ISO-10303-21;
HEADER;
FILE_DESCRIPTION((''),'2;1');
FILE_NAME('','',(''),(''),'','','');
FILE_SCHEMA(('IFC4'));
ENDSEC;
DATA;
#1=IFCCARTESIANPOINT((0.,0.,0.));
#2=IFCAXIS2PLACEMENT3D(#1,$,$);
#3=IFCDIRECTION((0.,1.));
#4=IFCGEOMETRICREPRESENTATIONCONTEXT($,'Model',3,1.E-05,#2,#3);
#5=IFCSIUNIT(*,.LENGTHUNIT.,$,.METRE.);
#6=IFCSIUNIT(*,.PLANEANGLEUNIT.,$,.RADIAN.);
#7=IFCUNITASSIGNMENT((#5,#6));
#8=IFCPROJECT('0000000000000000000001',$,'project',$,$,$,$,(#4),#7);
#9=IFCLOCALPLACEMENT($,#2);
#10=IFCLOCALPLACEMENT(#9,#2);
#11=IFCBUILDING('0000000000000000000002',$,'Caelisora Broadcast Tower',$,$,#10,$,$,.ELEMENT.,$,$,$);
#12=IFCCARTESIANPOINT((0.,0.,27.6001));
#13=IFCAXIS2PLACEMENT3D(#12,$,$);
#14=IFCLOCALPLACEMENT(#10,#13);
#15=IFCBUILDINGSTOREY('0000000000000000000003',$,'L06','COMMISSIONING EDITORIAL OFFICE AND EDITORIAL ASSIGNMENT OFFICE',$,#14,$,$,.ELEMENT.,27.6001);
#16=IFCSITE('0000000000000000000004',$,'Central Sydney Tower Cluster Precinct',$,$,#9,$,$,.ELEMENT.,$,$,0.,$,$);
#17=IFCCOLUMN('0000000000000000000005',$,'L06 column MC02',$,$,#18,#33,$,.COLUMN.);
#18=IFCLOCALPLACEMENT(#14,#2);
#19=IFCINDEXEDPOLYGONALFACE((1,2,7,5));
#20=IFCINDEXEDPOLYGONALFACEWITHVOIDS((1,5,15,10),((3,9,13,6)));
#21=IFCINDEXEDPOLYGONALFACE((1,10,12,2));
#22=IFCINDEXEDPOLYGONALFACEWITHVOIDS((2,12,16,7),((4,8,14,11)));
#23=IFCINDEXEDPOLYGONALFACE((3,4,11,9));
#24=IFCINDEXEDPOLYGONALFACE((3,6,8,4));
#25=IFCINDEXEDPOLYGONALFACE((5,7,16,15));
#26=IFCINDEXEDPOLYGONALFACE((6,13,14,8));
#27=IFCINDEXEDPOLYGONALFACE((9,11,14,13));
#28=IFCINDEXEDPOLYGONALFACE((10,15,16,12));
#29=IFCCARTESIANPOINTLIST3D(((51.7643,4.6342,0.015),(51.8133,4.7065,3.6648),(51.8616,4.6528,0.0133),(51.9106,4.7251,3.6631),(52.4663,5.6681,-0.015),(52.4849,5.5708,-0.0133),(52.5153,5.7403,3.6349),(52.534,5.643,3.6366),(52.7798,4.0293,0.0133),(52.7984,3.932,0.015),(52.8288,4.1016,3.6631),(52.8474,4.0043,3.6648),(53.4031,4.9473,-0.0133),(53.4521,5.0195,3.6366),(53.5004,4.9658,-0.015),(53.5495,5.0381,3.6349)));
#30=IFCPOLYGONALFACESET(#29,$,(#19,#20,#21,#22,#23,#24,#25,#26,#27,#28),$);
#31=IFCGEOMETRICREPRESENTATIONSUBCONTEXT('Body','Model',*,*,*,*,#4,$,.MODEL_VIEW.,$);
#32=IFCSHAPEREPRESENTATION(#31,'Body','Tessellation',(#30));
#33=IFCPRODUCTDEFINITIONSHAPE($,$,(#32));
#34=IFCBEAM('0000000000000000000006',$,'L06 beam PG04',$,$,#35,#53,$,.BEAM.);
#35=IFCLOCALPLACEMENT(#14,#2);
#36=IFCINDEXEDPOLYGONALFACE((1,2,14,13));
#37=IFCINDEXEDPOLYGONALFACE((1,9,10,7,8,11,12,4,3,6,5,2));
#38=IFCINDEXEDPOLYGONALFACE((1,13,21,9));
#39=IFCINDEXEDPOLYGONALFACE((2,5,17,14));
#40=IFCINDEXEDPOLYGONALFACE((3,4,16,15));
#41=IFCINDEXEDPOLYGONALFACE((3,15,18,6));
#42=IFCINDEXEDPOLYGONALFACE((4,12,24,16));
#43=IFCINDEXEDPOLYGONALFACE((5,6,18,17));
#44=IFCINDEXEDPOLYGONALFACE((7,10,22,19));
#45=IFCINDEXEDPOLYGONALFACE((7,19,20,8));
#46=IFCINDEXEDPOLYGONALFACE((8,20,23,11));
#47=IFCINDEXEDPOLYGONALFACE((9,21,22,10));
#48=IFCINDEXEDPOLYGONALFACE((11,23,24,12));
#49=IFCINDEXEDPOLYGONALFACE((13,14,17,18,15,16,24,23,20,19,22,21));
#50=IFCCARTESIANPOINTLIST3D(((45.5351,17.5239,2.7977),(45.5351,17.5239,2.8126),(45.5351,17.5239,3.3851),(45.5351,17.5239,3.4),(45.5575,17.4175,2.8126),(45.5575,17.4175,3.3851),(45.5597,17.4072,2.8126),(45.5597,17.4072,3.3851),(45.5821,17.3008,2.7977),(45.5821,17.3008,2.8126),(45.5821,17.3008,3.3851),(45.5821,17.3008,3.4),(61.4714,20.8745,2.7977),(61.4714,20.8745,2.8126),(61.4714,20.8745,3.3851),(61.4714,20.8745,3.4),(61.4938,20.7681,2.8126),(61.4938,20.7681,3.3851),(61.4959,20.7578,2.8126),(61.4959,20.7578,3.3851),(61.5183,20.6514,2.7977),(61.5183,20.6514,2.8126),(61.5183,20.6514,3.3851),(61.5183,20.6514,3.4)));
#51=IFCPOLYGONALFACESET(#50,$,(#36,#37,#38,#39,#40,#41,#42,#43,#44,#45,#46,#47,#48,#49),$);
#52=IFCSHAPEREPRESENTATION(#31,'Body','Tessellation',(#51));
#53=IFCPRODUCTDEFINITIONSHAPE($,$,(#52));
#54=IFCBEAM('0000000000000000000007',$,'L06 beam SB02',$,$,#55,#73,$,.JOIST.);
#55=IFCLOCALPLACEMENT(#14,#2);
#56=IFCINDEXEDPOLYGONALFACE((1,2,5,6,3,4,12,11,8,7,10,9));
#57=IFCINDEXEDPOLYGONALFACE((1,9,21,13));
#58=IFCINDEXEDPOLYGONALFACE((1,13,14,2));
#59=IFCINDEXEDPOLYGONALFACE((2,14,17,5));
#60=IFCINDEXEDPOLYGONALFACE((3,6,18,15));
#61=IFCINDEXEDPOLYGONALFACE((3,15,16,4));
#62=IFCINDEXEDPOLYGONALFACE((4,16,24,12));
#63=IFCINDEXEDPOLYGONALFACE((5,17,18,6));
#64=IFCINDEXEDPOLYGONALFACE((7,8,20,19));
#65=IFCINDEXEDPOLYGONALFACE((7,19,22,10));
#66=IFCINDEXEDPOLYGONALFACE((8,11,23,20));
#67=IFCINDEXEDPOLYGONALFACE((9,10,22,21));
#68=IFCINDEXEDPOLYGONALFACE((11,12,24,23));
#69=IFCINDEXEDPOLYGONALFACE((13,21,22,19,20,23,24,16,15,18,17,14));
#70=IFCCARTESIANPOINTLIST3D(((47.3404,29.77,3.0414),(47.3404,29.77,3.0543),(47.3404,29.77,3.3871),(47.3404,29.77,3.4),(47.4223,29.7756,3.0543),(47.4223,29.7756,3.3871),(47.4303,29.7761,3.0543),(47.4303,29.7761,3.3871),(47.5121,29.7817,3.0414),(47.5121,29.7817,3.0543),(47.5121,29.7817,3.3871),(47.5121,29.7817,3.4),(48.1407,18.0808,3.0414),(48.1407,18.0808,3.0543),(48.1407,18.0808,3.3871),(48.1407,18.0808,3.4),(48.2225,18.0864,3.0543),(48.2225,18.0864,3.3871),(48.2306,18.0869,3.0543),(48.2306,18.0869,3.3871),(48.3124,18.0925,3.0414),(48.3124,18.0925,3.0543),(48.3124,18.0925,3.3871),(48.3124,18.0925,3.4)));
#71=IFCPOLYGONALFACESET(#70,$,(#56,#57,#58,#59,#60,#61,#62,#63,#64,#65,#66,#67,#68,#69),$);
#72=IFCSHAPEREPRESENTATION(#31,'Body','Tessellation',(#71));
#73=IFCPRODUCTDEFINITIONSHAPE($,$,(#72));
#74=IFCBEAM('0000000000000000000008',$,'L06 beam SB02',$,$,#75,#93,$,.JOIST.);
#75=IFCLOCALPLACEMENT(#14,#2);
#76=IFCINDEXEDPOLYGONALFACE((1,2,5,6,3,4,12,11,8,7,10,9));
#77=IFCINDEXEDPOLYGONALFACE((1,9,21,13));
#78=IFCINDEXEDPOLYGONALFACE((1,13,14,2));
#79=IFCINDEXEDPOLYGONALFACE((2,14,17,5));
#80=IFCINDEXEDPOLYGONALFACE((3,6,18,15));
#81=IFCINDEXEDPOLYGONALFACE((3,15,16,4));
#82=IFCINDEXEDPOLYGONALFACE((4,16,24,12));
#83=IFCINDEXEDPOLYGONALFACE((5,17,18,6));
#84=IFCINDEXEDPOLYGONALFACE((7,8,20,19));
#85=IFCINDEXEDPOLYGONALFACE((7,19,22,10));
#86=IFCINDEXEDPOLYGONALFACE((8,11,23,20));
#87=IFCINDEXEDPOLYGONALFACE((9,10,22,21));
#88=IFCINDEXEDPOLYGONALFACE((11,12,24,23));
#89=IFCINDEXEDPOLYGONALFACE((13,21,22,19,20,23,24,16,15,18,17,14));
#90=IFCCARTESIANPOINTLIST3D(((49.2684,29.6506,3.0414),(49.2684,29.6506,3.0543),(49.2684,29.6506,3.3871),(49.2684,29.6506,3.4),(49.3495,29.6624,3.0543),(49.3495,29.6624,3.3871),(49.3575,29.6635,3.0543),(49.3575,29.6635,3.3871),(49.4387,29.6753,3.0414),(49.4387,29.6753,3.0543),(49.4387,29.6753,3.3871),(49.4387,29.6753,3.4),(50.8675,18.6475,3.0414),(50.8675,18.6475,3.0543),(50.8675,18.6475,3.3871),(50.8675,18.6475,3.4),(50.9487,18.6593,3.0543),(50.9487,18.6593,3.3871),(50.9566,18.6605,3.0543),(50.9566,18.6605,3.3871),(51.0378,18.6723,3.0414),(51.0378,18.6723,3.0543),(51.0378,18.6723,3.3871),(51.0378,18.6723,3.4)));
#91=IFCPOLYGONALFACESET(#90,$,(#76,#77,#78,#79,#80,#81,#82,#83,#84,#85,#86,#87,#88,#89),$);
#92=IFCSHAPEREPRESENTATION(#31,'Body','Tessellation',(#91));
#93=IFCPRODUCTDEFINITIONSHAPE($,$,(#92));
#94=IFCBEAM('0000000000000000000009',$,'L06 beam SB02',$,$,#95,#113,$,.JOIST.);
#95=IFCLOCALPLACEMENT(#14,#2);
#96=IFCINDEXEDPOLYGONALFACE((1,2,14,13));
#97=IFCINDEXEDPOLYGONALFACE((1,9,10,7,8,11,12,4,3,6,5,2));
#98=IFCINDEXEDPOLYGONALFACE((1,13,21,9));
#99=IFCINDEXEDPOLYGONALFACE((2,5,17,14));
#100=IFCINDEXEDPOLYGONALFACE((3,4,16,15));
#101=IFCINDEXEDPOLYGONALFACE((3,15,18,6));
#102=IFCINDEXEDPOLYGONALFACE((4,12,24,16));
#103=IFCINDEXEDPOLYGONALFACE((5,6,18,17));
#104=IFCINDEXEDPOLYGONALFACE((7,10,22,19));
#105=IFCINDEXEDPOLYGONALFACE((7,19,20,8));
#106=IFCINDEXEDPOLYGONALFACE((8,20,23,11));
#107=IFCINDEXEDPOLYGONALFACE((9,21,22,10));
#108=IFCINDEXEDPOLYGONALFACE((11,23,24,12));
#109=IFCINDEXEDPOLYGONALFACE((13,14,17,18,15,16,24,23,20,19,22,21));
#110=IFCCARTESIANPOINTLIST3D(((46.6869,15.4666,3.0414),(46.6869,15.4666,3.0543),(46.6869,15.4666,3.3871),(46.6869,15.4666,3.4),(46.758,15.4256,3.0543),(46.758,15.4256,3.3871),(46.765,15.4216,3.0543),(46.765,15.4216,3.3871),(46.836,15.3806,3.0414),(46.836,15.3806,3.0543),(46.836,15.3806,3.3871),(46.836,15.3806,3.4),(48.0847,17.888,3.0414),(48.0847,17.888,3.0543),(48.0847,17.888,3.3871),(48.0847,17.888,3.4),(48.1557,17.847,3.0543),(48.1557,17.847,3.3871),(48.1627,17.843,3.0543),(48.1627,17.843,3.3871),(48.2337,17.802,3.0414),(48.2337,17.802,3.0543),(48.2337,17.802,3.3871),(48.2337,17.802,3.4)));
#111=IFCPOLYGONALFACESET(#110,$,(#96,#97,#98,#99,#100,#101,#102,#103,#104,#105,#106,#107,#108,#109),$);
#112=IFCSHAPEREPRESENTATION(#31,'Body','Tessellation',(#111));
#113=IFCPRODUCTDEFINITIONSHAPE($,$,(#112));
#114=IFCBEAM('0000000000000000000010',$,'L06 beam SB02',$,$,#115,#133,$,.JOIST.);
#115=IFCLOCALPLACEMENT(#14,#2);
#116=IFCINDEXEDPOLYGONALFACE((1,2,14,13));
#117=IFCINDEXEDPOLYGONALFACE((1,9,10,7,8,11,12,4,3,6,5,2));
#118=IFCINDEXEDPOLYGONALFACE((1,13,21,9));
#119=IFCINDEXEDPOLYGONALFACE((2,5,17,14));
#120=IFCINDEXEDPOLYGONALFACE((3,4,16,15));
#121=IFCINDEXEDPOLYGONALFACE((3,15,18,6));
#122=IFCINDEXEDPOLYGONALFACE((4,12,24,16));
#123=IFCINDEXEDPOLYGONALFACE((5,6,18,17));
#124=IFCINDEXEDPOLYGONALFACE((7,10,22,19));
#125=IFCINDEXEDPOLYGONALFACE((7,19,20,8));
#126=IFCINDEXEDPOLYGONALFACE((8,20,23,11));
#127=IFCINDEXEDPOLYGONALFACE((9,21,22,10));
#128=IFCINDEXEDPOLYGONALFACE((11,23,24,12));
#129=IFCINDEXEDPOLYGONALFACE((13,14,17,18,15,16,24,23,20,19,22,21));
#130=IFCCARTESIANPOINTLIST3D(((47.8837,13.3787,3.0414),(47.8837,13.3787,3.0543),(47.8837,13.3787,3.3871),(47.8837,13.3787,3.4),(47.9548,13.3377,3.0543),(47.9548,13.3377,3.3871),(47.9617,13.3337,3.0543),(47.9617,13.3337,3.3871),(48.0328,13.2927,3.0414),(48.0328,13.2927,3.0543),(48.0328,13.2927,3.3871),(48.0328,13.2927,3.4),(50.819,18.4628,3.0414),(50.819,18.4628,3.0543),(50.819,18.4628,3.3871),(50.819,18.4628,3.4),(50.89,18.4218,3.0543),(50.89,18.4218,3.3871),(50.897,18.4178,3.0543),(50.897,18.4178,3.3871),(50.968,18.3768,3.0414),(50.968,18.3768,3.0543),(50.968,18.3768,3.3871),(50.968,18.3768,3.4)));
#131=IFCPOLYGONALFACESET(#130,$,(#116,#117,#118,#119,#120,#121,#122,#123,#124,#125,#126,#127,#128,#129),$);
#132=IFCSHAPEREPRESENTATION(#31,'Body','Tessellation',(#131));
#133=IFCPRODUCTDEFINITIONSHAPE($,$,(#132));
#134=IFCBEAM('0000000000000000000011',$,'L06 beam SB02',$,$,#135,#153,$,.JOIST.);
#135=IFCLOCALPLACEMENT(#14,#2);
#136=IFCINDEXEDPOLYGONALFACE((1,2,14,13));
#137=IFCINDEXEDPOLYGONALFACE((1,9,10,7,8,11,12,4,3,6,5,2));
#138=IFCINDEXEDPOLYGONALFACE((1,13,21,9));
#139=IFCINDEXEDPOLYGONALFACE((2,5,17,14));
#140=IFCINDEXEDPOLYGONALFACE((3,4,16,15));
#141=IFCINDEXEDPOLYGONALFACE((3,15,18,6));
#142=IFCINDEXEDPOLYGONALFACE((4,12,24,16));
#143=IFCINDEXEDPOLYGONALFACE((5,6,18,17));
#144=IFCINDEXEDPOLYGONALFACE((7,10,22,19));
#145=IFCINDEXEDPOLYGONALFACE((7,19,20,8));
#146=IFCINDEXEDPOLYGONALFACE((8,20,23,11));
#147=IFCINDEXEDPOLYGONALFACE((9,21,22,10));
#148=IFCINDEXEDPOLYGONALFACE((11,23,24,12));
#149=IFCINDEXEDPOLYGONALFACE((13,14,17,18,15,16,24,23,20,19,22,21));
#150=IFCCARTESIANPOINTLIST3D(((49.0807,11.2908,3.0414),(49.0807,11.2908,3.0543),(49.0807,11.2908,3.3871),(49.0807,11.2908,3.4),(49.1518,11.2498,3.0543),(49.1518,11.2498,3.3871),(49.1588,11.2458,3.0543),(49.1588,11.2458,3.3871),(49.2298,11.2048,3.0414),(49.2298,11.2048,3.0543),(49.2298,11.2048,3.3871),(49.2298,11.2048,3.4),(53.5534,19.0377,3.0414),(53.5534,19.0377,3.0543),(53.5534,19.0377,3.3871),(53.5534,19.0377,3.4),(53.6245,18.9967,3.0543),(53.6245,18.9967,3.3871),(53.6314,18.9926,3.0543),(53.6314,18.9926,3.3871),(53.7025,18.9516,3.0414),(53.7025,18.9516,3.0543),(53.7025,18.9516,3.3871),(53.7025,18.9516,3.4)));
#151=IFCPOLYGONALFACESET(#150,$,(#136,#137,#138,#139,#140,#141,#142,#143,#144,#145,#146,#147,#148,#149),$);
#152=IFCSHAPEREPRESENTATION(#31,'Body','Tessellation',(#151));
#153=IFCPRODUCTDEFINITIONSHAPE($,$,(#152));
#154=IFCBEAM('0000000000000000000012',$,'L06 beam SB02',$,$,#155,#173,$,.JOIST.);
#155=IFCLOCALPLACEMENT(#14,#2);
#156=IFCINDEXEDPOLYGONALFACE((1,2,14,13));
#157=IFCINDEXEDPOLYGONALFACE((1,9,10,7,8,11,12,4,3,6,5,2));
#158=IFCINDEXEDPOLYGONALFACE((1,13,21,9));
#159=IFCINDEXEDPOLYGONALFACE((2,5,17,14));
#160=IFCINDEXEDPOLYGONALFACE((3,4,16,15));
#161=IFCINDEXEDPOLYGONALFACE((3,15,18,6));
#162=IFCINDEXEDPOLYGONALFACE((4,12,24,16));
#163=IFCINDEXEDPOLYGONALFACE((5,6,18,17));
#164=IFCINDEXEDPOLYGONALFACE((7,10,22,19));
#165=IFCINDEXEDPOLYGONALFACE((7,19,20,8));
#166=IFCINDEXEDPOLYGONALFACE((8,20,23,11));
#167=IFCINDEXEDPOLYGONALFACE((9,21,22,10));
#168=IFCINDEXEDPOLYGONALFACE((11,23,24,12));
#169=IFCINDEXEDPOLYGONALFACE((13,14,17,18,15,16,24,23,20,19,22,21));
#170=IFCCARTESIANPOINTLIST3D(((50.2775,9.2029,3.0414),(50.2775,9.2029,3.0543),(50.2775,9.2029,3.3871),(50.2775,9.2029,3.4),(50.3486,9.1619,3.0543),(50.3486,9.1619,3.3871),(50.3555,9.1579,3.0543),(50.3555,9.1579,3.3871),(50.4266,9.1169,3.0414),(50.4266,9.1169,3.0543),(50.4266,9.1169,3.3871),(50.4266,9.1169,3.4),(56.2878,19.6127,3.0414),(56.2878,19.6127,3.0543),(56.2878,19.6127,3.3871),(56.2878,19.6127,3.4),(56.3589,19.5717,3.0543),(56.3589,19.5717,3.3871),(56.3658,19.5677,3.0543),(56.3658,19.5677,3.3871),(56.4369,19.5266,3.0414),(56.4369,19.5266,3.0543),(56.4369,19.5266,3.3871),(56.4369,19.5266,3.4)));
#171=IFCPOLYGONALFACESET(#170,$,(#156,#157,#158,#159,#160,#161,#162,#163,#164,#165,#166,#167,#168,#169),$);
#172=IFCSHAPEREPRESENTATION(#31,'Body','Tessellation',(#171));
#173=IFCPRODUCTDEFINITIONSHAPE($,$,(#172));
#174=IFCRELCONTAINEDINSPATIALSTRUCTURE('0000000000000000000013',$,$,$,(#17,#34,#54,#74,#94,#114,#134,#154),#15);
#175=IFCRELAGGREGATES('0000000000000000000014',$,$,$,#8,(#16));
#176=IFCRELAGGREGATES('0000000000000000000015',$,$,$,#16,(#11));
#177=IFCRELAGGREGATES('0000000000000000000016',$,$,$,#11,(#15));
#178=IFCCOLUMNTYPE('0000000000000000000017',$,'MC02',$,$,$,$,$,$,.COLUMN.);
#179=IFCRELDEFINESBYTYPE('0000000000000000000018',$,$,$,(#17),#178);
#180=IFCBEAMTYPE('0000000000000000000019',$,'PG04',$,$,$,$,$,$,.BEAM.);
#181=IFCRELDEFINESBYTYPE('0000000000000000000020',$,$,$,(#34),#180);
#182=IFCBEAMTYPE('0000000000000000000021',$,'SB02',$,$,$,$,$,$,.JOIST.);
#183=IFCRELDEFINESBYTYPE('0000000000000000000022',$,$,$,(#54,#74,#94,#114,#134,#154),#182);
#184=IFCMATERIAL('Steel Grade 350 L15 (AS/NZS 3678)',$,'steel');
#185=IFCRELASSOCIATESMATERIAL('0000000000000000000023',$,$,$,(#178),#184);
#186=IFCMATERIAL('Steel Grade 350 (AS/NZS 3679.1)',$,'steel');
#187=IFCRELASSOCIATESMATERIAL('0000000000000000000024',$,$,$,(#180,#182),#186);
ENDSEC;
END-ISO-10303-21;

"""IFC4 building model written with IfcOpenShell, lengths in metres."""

from ifc_helpers import new_model, si_unit, direction, frame, origin, origin_2d, place, context, subcontext, project, spatial, hollow_rectangle, i_section, extrude, source, transform, mapped, material, material_profile, profile_set, type_object, type_shapes, element, save


model = new_model("IFC4")

# Units and contexts
model_context = context("Model", 3, precision=1e-05, world=origin(), true_north=direction((0.0, 1.0)))
body_context = subcontext(model_context, "Body", "Model", "MODEL_VIEW")
ifc_project = project(units=[si_unit("LENGTHUNIT", "METRE"), si_unit("PLANEANGLEUNIT", "RADIAN")], contexts=[model_context])

# Site, building, storey
site_placement = place(None, origin())
site = spatial("IfcSite", under=ifc_project, at=site_placement, Name="Central Sydney Tower Cluster Precinct", CompositionType="ELEMENT", RefElevation=0.0)
building_placement = place(site_placement, origin())
building = spatial("IfcBuilding", under=site, at=building_placement, Name="Caelisora Broadcast Tower", CompositionType="ELEMENT")
storey_placement = place(building_placement, frame((0.0, 0.0, 27.6001)))
storey = spatial("IfcBuildingStorey", under=building, at=storey_placement, Name="L06", Description="COMMISSIONING EDITORIAL OFFICE AND EDITORIAL ASSIGNMENT OFFICE", CompositionType="ELEMENT", Elevation=27.6001)

# Column
ifc_material_1 = material(Name="Steel Grade 350 L15 (AS/NZS 3678)", Category="steel")
ifc_material_profile_1 = material_profile(ifc_material_1, hollow_rectangle(XDim=1.25, YDim=1.25, WallThickness=0.0701, at=origin_2d()), Name="Steel Grade 350 L15 (AS/NZS 3678)")
ifc_profile_set_1 = profile_set([ifc_material_profile_1], Name="Steel Grade 350 L15 (AS/NZS 3678)")
column_type = type_object("IfcColumnType", Name="MC02", PredefinedType="COLUMN", material=ifc_profile_set_1)
shared_shape_1 = source(origin(), body_context, "Body", "SweptSolid", [
    extrude(hollow_rectangle(XDim=1.25, YDim=1.25, WallThickness=0.0701, at=origin_2d()), origin(), (0.0, 0.0, 1.0), 3.6509),
])
type_shapes(column_type, [shared_shape_1])
column_placement = place(storey_placement, frame((52.6323, 4.8, 0.0), z_axis=(0.013441, 0.019794, 0.999714), x_axis=(-0.82729, 0.561775, 0.0)))
element("IfcColumn", 1, at=column_placement, inside=storey, type_object=column_type, Name="L06 column MC02", PredefinedType="COLUMN", context=body_context, shape_type="MappedRepresentation", body=[
    mapped(shared_shape_1, transform((0.0, 0.0, 0.0), scale=1.0)),
])

# Beams
ifc_material_2 = material(Name="Steel Grade 350 (AS/NZS 3679.1)", Category="steel")
ifc_material_profile_2 = material_profile(ifc_material_2, i_section(OverallWidth=0.228, OverallDepth=0.6023, WebThickness=0.0105, FlangeThickness=0.0149, at=origin_2d()), Name="Steel Grade 350 (AS/NZS 3679.1)")
ifc_profile_set_2 = profile_set([ifc_material_profile_2], Name="Steel Grade 350 (AS/NZS 3679.1)")
beam_type_1 = type_object("IfcBeamType", Name="PG04", PredefinedType="BEAM", material=ifc_profile_set_2)
shared_shape_2 = source(origin(), body_context, "Body", "SweptSolid", [
    extrude(i_section(OverallWidth=0.228, OverallDepth=0.6023, WebThickness=0.0105, FlangeThickness=0.0149, at=origin_2d()), origin(), (0.0, 0.0, 1.0), 16.2847),
])
type_shapes(beam_type_1, [shared_shape_2])
beam_1_placement = place(storey_placement, frame((45.5586, 17.4124, 3.0989), z_axis=(0.978604, 0.205751, 0.0), x_axis=(-0.205751, 0.978604, 0.0)))
element("IfcBeam", 2, at=beam_1_placement, inside=storey, type_object=beam_type_1, Name="L06 beam PG04", PredefinedType="BEAM", context=body_context, shape_type="MappedRepresentation", body=[
    mapped(shared_shape_2, transform((0.0, 0.0, 0.0), scale=1.0)),
])
ifc_material_profile_3 = material_profile(ifc_material_2, i_section(OverallWidth=0.1721, OverallDepth=0.3586, WebThickness=0.0081, FlangeThickness=0.0129, at=origin_2d()), Name="Steel Grade 350 (AS/NZS 3679.1)")
ifc_profile_set_3 = profile_set([ifc_material_profile_3], Name="Steel Grade 350 (AS/NZS 3679.1)")
beam_type_2 = type_object("IfcBeamType", Name="SB02", PredefinedType="JOIST", material=ifc_profile_set_3)
shared_shape_3 = source(origin(), body_context, "Body", "SweptSolid", [
    extrude(i_section(OverallWidth=0.1721, OverallDepth=0.3586, WebThickness=0.0081, FlangeThickness=0.0129, at=origin_2d()), origin(), (0.0, 0.0, 1.0), 11.7166),
])
beam_2_placement = place(storey_placement, frame((48.2266, 18.0867, 3.2207), z_axis=(-0.068304, 0.997665, 0.0), x_axis=(-0.997665, -0.068304, 0.0)))
element("IfcBeam", 3, at=beam_2_placement, inside=storey, type_object=beam_type_2, Name="L06 beam SB02", PredefinedType="JOIST", context=body_context, shape_type="MappedRepresentation", body=[
    mapped(shared_shape_3, transform((0.0, 0.0, 0.0), scale=1.0)),
])
shared_shape_4 = source(origin(), body_context, "Body", "SweptSolid", [
    extrude(i_section(OverallWidth=0.1721, OverallDepth=0.3586, WebThickness=0.0081, FlangeThickness=0.0129, at=origin_2d()), origin(), (0.0, 0.0, 1.0), 11.1187),
])
beam_3_placement = place(storey_placement, frame((50.9526, 18.6599, 3.2207), z_axis=(-0.143822, 0.989604, 0.0), x_axis=(-0.989604, -0.143822, 0.0)))
element("IfcBeam", 4, at=beam_3_placement, inside=storey, type_object=beam_type_2, Name="L06 beam SB02", PredefinedType="JOIST", context=body_context, shape_type="MappedRepresentation", body=[
    mapped(shared_shape_4, transform((0.0, 0.0, 0.0), scale=1.0)),
])
shared_shape_5 = source(origin(), body_context, "Body", "SweptSolid", [
    extrude(i_section(OverallWidth=0.1721, OverallDepth=0.3586, WebThickness=0.0081, FlangeThickness=0.0129, at=origin_2d()), origin(), (0.0, 0.0, 1.0), 2.7959),
])
beam_4_placement = place(storey_placement, frame((46.7615, 15.4236, 3.2207), z_axis=(0.499924, 0.866069, 0.0), x_axis=(-0.866069, 0.499924, 0.0)))
element("IfcBeam", 5, at=beam_4_placement, inside=storey, type_object=beam_type_2, Name="L06 beam SB02", PredefinedType="JOIST", context=body_context, shape_type="MappedRepresentation", body=[
    mapped(shared_shape_5, transform((0.0, 0.0, 0.0), scale=1.0)),
])
shared_shape_6 = source(origin(), body_context, "Body", "SweptSolid", [
    extrude(i_section(OverallWidth=0.1721, OverallDepth=0.3586, WebThickness=0.0081, FlangeThickness=0.0129, at=origin_2d()), origin(), (0.0, 0.0, 1.0), 5.8706),
])
beam_5_placement = place(storey_placement, frame((47.9583, 13.3357, 3.2207), z_axis=(0.49999, 0.866031, 0.0), x_axis=(-0.866031, 0.49999, 0.0)))
element("IfcBeam", 6, at=beam_5_placement, inside=storey, type_object=beam_type_2, Name="L06 beam SB02", PredefinedType="JOIST", context=body_context, shape_type="MappedRepresentation", body=[
    mapped(shared_shape_6, transform((0.0, 0.0, 0.0), scale=1.0)),
])
shared_shape_7 = source(origin(), body_context, "Body", "SweptSolid", [
    extrude(i_section(OverallWidth=0.1721, OverallDepth=0.3586, WebThickness=0.0081, FlangeThickness=0.0129, at=origin_2d()), origin(), (0.0, 0.0, 1.0), 8.9453),
])
beam_6_placement = place(storey_placement, frame((49.1553, 11.2478, 3.2207), z_axis=(0.500002, 0.866024, 0.0), x_axis=(-0.866024, 0.500002, 0.0)))
element("IfcBeam", 7, at=beam_6_placement, inside=storey, type_object=beam_type_2, Name="L06 beam SB02", PredefinedType="JOIST", context=body_context, shape_type="MappedRepresentation", body=[
    mapped(shared_shape_7, transform((0.0, 0.0, 0.0), scale=1.0)),
])
shared_shape_8 = source(origin(), body_context, "Body", "SweptSolid", [
    extrude(i_section(OverallWidth=0.1721, OverallDepth=0.3586, WebThickness=0.0081, FlangeThickness=0.0129, at=origin_2d()), origin(), (0.0, 0.0, 1.0), 12.0203),
])
beam_7_placement = place(storey_placement, frame((50.3521, 9.1599, 3.2207), z_axis=(0.500014, 0.866017, 0.0), x_axis=(-0.866017, 0.500014, 0.0)))
element("IfcBeam", 8, at=beam_7_placement, inside=storey, type_object=beam_type_2, Name="L06 beam SB02", PredefinedType="JOIST", context=body_context, shape_type="MappedRepresentation", body=[
    mapped(shared_shape_8, transform((0.0, 0.0, 0.0), scale=1.0)),
])

save(model, "model.ifc")
